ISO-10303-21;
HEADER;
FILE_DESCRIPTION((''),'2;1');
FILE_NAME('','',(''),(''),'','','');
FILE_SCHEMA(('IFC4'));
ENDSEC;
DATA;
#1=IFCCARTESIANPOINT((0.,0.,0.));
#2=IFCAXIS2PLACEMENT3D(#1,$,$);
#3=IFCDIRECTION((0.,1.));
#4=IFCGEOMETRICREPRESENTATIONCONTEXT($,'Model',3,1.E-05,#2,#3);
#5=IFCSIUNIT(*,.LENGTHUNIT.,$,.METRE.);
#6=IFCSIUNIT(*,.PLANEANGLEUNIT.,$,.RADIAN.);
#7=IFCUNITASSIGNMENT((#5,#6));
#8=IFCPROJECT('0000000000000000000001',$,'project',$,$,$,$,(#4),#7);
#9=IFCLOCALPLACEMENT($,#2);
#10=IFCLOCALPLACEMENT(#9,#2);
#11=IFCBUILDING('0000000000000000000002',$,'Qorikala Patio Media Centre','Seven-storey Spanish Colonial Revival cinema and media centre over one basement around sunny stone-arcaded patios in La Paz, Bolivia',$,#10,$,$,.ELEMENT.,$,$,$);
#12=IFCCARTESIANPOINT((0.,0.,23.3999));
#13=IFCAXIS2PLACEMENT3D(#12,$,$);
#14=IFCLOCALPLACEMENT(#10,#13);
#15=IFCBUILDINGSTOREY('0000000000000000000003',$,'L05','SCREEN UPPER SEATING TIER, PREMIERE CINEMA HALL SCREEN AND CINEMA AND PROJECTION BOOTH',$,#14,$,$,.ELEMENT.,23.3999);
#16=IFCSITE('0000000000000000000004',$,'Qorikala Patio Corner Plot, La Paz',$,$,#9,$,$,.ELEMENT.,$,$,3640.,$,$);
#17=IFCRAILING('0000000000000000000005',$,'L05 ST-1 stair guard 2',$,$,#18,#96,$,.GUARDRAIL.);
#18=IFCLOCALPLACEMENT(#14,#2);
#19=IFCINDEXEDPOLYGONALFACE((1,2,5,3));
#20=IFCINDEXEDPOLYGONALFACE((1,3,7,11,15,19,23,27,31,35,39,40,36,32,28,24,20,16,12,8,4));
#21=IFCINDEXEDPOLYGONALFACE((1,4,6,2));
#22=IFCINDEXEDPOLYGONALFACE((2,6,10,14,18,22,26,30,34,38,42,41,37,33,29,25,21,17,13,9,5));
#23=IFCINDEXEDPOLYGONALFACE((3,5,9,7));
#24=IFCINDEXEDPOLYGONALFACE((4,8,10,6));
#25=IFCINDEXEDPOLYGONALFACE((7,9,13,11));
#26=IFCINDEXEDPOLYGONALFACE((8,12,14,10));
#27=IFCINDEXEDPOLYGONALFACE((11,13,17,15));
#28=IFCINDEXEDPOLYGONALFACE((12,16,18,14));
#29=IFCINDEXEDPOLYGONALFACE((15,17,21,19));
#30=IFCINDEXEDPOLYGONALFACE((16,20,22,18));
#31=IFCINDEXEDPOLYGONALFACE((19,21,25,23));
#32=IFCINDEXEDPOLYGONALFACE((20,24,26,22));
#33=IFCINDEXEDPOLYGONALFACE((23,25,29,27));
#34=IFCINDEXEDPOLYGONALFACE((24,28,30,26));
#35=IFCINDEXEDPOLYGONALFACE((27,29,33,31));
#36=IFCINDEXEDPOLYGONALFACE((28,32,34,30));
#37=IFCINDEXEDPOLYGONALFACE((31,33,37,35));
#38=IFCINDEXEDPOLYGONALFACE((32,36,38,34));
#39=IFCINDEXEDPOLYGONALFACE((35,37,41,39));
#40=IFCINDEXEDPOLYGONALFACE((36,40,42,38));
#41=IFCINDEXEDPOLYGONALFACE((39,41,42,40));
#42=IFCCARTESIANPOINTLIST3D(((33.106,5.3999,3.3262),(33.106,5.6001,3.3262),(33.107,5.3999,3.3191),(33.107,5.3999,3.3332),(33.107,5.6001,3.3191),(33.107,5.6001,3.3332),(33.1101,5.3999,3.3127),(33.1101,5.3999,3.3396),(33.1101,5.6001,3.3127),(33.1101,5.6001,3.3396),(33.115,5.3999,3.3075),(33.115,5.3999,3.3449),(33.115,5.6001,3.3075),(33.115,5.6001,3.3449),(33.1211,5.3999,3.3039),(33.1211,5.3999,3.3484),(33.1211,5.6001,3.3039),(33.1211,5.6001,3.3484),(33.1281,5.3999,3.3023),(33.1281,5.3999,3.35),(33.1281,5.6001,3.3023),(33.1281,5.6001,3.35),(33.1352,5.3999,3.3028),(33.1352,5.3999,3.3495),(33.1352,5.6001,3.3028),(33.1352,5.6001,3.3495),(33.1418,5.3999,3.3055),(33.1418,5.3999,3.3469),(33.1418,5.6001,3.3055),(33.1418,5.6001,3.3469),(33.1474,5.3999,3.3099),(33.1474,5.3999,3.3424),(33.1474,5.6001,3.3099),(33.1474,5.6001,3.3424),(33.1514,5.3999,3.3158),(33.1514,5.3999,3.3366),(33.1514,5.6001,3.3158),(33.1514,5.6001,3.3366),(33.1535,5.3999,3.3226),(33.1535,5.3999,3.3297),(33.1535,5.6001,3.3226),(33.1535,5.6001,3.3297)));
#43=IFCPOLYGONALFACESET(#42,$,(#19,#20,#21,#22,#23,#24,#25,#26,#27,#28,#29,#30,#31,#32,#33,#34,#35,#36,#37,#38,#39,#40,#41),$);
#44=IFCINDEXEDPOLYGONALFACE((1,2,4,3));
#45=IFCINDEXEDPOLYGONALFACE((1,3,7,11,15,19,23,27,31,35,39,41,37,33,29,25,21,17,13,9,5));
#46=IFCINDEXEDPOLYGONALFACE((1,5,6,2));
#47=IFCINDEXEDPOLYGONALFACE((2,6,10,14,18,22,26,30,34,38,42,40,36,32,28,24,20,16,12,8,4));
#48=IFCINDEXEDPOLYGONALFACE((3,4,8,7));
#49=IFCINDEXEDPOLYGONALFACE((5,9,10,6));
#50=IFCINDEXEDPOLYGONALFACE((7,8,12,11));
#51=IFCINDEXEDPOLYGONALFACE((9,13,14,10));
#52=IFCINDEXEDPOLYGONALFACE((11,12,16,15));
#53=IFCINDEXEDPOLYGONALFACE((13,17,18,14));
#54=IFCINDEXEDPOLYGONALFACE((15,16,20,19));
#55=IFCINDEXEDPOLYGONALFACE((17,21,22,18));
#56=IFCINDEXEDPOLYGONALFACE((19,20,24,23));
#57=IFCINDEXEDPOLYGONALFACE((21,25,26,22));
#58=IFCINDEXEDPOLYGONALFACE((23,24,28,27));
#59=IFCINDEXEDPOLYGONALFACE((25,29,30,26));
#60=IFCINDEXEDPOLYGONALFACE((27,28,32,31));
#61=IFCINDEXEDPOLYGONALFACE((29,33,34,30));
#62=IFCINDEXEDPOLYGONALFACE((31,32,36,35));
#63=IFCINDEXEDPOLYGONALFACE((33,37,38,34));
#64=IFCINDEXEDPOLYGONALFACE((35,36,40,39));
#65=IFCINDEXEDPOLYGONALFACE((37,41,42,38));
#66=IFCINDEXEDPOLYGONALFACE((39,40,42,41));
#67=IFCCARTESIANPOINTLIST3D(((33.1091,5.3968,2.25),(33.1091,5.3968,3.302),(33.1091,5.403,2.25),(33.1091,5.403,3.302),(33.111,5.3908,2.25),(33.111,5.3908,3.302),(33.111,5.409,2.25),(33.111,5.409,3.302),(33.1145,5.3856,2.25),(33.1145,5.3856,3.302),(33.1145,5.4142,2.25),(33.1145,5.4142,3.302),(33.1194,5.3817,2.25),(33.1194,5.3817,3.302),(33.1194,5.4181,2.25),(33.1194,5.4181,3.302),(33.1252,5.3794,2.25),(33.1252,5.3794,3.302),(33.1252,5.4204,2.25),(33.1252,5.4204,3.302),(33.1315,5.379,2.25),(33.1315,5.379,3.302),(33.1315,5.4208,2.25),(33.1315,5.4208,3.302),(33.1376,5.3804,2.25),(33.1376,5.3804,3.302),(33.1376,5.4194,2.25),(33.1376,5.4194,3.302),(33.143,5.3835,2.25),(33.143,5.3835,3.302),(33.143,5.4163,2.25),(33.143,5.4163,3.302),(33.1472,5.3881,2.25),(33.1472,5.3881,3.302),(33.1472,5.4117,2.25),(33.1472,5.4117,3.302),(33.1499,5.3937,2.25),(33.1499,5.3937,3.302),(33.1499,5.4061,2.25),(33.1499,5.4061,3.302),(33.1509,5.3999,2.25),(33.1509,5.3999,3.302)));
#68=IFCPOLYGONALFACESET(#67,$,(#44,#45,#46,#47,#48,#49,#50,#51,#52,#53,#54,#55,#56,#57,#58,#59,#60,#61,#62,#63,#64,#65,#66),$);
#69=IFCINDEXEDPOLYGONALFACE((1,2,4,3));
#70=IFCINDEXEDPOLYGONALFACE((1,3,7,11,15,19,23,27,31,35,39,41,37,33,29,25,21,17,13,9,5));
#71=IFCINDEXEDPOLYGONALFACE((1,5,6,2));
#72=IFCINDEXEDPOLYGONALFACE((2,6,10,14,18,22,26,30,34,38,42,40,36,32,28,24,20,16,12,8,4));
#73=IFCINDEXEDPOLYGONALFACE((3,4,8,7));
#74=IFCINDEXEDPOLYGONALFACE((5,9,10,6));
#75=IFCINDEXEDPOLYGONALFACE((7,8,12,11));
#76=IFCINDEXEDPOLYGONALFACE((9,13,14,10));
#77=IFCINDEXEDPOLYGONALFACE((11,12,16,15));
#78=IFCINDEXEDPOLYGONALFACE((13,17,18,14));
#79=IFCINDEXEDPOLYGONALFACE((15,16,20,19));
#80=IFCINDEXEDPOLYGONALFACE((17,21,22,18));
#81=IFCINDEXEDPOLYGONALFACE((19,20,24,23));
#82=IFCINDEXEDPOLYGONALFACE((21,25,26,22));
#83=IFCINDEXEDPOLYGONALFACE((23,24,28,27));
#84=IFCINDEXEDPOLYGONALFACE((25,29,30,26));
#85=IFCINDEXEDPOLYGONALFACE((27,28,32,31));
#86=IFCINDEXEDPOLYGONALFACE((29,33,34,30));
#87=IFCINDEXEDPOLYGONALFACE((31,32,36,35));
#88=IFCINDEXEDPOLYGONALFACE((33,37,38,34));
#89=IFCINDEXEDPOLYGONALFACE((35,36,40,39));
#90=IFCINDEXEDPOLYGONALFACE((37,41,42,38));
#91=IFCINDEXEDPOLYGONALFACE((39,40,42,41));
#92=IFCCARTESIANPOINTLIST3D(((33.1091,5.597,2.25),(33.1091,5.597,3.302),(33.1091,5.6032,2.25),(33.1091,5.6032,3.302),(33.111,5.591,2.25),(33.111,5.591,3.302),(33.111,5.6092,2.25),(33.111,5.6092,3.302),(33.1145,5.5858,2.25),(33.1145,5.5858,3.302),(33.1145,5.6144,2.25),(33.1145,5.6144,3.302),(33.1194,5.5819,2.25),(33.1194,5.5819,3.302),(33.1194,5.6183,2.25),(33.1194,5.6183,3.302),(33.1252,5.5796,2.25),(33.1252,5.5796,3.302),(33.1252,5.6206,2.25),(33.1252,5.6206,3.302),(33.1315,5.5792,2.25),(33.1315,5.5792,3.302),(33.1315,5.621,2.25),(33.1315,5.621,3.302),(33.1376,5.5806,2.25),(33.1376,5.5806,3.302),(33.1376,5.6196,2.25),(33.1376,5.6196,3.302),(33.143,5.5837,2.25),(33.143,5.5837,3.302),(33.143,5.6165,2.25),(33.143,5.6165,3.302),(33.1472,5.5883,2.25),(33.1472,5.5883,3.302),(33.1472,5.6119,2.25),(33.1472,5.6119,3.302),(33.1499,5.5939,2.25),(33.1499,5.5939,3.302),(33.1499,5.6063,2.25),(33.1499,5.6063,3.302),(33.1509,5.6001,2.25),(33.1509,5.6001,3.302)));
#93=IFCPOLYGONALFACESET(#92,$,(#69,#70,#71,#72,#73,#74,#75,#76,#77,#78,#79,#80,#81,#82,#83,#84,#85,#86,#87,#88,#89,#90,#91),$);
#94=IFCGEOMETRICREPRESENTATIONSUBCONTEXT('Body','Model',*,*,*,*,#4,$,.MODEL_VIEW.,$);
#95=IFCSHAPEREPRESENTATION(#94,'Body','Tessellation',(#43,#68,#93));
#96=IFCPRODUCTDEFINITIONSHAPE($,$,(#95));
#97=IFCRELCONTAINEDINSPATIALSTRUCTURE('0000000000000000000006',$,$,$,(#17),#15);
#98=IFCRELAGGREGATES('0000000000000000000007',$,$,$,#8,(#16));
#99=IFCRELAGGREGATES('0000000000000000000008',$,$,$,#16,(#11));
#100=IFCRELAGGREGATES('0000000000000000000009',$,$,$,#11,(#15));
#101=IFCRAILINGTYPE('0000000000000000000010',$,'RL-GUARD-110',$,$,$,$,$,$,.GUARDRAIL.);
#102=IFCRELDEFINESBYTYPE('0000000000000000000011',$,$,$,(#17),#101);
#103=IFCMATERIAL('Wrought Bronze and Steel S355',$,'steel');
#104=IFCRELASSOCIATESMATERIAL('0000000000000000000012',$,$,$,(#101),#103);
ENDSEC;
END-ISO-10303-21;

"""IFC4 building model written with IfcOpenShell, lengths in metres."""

from ifc_helpers import new_model, si_unit, direction, frame, origin, origin_2d, place, context, subcontext, project, spatial, circle, extrude, material, type_object, element, save


model = new_model("IFC4")

# Units and contexts
model_context = context("Model", 3, precision=1e-05, world=origin(), true_north=direction((0.0, 1.0)))
body_context = subcontext(model_context, "Body", "Model", "MODEL_VIEW")
ifc_project = project(units=[si_unit("LENGTHUNIT", "METRE"), si_unit("PLANEANGLEUNIT", "RADIAN")], contexts=[model_context])

# Site, building, storey
site_placement = place(None, origin())
site = spatial("IfcSite", under=ifc_project, at=site_placement, Name="Qorikala Patio Corner Plot, La Paz", CompositionType="ELEMENT", RefElevation=3640.0)
building_placement = place(site_placement, origin())
building = spatial("IfcBuilding", under=site, at=building_placement, Name="Qorikala Patio Media Centre", Description="Seven-storey Spanish Colonial Revival cinema and media centre over one basement around sunny stone-arcaded patios in La Paz, Bolivia", CompositionType="ELEMENT")
storey_placement = place(building_placement, frame((0.0, 0.0, 23.3999)))
storey = spatial("IfcBuildingStorey", under=building, at=storey_placement, Name="L05", Description="SCREEN UPPER SEATING TIER, PREMIERE CINEMA HALL SCREEN AND CINEMA AND PROJECTION BOOTH", CompositionType="ELEMENT", Elevation=23.3999)

# Railing
ifc_material_1 = material(Name="Wrought Bronze and Steel S355", Category="steel")
railing_type_1 = type_object("IfcRailingType", Name="RL-GUARD-110", PredefinedType="GUARDRAIL", material=ifc_material_1)
railing_1_placement = place(storey_placement, frame((33.1299, 5.3999, 2.25)))
element("IfcRailing", 1, at=railing_1_placement, inside=storey, type_object=railing_type_1, Name="L05 ST-1 stair guard 2", PredefinedType="GUARDRAIL", context=body_context, shape_type="SweptSolid", body=[
    extrude(circle(Radius=0.0239, at=origin_2d()), frame((0.0, 0.0, 1.0762), z_axis=(0.0, 1.0, 0.0), x_axis=(-1.0, 0.0, 0.0)), (0.0, 0.0, 1.0), 0.2002),
    extrude(circle(Radius=0.021, at=origin_2d()), origin(), (0.0, 0.0, 1.0), 1.052),
    extrude(circle(Radius=0.021, at=origin_2d()), frame((0.0, 0.2002, 0.0)), (0.0, 0.0, 1.0), 1.052),
])

save(model, "model.ifc")
